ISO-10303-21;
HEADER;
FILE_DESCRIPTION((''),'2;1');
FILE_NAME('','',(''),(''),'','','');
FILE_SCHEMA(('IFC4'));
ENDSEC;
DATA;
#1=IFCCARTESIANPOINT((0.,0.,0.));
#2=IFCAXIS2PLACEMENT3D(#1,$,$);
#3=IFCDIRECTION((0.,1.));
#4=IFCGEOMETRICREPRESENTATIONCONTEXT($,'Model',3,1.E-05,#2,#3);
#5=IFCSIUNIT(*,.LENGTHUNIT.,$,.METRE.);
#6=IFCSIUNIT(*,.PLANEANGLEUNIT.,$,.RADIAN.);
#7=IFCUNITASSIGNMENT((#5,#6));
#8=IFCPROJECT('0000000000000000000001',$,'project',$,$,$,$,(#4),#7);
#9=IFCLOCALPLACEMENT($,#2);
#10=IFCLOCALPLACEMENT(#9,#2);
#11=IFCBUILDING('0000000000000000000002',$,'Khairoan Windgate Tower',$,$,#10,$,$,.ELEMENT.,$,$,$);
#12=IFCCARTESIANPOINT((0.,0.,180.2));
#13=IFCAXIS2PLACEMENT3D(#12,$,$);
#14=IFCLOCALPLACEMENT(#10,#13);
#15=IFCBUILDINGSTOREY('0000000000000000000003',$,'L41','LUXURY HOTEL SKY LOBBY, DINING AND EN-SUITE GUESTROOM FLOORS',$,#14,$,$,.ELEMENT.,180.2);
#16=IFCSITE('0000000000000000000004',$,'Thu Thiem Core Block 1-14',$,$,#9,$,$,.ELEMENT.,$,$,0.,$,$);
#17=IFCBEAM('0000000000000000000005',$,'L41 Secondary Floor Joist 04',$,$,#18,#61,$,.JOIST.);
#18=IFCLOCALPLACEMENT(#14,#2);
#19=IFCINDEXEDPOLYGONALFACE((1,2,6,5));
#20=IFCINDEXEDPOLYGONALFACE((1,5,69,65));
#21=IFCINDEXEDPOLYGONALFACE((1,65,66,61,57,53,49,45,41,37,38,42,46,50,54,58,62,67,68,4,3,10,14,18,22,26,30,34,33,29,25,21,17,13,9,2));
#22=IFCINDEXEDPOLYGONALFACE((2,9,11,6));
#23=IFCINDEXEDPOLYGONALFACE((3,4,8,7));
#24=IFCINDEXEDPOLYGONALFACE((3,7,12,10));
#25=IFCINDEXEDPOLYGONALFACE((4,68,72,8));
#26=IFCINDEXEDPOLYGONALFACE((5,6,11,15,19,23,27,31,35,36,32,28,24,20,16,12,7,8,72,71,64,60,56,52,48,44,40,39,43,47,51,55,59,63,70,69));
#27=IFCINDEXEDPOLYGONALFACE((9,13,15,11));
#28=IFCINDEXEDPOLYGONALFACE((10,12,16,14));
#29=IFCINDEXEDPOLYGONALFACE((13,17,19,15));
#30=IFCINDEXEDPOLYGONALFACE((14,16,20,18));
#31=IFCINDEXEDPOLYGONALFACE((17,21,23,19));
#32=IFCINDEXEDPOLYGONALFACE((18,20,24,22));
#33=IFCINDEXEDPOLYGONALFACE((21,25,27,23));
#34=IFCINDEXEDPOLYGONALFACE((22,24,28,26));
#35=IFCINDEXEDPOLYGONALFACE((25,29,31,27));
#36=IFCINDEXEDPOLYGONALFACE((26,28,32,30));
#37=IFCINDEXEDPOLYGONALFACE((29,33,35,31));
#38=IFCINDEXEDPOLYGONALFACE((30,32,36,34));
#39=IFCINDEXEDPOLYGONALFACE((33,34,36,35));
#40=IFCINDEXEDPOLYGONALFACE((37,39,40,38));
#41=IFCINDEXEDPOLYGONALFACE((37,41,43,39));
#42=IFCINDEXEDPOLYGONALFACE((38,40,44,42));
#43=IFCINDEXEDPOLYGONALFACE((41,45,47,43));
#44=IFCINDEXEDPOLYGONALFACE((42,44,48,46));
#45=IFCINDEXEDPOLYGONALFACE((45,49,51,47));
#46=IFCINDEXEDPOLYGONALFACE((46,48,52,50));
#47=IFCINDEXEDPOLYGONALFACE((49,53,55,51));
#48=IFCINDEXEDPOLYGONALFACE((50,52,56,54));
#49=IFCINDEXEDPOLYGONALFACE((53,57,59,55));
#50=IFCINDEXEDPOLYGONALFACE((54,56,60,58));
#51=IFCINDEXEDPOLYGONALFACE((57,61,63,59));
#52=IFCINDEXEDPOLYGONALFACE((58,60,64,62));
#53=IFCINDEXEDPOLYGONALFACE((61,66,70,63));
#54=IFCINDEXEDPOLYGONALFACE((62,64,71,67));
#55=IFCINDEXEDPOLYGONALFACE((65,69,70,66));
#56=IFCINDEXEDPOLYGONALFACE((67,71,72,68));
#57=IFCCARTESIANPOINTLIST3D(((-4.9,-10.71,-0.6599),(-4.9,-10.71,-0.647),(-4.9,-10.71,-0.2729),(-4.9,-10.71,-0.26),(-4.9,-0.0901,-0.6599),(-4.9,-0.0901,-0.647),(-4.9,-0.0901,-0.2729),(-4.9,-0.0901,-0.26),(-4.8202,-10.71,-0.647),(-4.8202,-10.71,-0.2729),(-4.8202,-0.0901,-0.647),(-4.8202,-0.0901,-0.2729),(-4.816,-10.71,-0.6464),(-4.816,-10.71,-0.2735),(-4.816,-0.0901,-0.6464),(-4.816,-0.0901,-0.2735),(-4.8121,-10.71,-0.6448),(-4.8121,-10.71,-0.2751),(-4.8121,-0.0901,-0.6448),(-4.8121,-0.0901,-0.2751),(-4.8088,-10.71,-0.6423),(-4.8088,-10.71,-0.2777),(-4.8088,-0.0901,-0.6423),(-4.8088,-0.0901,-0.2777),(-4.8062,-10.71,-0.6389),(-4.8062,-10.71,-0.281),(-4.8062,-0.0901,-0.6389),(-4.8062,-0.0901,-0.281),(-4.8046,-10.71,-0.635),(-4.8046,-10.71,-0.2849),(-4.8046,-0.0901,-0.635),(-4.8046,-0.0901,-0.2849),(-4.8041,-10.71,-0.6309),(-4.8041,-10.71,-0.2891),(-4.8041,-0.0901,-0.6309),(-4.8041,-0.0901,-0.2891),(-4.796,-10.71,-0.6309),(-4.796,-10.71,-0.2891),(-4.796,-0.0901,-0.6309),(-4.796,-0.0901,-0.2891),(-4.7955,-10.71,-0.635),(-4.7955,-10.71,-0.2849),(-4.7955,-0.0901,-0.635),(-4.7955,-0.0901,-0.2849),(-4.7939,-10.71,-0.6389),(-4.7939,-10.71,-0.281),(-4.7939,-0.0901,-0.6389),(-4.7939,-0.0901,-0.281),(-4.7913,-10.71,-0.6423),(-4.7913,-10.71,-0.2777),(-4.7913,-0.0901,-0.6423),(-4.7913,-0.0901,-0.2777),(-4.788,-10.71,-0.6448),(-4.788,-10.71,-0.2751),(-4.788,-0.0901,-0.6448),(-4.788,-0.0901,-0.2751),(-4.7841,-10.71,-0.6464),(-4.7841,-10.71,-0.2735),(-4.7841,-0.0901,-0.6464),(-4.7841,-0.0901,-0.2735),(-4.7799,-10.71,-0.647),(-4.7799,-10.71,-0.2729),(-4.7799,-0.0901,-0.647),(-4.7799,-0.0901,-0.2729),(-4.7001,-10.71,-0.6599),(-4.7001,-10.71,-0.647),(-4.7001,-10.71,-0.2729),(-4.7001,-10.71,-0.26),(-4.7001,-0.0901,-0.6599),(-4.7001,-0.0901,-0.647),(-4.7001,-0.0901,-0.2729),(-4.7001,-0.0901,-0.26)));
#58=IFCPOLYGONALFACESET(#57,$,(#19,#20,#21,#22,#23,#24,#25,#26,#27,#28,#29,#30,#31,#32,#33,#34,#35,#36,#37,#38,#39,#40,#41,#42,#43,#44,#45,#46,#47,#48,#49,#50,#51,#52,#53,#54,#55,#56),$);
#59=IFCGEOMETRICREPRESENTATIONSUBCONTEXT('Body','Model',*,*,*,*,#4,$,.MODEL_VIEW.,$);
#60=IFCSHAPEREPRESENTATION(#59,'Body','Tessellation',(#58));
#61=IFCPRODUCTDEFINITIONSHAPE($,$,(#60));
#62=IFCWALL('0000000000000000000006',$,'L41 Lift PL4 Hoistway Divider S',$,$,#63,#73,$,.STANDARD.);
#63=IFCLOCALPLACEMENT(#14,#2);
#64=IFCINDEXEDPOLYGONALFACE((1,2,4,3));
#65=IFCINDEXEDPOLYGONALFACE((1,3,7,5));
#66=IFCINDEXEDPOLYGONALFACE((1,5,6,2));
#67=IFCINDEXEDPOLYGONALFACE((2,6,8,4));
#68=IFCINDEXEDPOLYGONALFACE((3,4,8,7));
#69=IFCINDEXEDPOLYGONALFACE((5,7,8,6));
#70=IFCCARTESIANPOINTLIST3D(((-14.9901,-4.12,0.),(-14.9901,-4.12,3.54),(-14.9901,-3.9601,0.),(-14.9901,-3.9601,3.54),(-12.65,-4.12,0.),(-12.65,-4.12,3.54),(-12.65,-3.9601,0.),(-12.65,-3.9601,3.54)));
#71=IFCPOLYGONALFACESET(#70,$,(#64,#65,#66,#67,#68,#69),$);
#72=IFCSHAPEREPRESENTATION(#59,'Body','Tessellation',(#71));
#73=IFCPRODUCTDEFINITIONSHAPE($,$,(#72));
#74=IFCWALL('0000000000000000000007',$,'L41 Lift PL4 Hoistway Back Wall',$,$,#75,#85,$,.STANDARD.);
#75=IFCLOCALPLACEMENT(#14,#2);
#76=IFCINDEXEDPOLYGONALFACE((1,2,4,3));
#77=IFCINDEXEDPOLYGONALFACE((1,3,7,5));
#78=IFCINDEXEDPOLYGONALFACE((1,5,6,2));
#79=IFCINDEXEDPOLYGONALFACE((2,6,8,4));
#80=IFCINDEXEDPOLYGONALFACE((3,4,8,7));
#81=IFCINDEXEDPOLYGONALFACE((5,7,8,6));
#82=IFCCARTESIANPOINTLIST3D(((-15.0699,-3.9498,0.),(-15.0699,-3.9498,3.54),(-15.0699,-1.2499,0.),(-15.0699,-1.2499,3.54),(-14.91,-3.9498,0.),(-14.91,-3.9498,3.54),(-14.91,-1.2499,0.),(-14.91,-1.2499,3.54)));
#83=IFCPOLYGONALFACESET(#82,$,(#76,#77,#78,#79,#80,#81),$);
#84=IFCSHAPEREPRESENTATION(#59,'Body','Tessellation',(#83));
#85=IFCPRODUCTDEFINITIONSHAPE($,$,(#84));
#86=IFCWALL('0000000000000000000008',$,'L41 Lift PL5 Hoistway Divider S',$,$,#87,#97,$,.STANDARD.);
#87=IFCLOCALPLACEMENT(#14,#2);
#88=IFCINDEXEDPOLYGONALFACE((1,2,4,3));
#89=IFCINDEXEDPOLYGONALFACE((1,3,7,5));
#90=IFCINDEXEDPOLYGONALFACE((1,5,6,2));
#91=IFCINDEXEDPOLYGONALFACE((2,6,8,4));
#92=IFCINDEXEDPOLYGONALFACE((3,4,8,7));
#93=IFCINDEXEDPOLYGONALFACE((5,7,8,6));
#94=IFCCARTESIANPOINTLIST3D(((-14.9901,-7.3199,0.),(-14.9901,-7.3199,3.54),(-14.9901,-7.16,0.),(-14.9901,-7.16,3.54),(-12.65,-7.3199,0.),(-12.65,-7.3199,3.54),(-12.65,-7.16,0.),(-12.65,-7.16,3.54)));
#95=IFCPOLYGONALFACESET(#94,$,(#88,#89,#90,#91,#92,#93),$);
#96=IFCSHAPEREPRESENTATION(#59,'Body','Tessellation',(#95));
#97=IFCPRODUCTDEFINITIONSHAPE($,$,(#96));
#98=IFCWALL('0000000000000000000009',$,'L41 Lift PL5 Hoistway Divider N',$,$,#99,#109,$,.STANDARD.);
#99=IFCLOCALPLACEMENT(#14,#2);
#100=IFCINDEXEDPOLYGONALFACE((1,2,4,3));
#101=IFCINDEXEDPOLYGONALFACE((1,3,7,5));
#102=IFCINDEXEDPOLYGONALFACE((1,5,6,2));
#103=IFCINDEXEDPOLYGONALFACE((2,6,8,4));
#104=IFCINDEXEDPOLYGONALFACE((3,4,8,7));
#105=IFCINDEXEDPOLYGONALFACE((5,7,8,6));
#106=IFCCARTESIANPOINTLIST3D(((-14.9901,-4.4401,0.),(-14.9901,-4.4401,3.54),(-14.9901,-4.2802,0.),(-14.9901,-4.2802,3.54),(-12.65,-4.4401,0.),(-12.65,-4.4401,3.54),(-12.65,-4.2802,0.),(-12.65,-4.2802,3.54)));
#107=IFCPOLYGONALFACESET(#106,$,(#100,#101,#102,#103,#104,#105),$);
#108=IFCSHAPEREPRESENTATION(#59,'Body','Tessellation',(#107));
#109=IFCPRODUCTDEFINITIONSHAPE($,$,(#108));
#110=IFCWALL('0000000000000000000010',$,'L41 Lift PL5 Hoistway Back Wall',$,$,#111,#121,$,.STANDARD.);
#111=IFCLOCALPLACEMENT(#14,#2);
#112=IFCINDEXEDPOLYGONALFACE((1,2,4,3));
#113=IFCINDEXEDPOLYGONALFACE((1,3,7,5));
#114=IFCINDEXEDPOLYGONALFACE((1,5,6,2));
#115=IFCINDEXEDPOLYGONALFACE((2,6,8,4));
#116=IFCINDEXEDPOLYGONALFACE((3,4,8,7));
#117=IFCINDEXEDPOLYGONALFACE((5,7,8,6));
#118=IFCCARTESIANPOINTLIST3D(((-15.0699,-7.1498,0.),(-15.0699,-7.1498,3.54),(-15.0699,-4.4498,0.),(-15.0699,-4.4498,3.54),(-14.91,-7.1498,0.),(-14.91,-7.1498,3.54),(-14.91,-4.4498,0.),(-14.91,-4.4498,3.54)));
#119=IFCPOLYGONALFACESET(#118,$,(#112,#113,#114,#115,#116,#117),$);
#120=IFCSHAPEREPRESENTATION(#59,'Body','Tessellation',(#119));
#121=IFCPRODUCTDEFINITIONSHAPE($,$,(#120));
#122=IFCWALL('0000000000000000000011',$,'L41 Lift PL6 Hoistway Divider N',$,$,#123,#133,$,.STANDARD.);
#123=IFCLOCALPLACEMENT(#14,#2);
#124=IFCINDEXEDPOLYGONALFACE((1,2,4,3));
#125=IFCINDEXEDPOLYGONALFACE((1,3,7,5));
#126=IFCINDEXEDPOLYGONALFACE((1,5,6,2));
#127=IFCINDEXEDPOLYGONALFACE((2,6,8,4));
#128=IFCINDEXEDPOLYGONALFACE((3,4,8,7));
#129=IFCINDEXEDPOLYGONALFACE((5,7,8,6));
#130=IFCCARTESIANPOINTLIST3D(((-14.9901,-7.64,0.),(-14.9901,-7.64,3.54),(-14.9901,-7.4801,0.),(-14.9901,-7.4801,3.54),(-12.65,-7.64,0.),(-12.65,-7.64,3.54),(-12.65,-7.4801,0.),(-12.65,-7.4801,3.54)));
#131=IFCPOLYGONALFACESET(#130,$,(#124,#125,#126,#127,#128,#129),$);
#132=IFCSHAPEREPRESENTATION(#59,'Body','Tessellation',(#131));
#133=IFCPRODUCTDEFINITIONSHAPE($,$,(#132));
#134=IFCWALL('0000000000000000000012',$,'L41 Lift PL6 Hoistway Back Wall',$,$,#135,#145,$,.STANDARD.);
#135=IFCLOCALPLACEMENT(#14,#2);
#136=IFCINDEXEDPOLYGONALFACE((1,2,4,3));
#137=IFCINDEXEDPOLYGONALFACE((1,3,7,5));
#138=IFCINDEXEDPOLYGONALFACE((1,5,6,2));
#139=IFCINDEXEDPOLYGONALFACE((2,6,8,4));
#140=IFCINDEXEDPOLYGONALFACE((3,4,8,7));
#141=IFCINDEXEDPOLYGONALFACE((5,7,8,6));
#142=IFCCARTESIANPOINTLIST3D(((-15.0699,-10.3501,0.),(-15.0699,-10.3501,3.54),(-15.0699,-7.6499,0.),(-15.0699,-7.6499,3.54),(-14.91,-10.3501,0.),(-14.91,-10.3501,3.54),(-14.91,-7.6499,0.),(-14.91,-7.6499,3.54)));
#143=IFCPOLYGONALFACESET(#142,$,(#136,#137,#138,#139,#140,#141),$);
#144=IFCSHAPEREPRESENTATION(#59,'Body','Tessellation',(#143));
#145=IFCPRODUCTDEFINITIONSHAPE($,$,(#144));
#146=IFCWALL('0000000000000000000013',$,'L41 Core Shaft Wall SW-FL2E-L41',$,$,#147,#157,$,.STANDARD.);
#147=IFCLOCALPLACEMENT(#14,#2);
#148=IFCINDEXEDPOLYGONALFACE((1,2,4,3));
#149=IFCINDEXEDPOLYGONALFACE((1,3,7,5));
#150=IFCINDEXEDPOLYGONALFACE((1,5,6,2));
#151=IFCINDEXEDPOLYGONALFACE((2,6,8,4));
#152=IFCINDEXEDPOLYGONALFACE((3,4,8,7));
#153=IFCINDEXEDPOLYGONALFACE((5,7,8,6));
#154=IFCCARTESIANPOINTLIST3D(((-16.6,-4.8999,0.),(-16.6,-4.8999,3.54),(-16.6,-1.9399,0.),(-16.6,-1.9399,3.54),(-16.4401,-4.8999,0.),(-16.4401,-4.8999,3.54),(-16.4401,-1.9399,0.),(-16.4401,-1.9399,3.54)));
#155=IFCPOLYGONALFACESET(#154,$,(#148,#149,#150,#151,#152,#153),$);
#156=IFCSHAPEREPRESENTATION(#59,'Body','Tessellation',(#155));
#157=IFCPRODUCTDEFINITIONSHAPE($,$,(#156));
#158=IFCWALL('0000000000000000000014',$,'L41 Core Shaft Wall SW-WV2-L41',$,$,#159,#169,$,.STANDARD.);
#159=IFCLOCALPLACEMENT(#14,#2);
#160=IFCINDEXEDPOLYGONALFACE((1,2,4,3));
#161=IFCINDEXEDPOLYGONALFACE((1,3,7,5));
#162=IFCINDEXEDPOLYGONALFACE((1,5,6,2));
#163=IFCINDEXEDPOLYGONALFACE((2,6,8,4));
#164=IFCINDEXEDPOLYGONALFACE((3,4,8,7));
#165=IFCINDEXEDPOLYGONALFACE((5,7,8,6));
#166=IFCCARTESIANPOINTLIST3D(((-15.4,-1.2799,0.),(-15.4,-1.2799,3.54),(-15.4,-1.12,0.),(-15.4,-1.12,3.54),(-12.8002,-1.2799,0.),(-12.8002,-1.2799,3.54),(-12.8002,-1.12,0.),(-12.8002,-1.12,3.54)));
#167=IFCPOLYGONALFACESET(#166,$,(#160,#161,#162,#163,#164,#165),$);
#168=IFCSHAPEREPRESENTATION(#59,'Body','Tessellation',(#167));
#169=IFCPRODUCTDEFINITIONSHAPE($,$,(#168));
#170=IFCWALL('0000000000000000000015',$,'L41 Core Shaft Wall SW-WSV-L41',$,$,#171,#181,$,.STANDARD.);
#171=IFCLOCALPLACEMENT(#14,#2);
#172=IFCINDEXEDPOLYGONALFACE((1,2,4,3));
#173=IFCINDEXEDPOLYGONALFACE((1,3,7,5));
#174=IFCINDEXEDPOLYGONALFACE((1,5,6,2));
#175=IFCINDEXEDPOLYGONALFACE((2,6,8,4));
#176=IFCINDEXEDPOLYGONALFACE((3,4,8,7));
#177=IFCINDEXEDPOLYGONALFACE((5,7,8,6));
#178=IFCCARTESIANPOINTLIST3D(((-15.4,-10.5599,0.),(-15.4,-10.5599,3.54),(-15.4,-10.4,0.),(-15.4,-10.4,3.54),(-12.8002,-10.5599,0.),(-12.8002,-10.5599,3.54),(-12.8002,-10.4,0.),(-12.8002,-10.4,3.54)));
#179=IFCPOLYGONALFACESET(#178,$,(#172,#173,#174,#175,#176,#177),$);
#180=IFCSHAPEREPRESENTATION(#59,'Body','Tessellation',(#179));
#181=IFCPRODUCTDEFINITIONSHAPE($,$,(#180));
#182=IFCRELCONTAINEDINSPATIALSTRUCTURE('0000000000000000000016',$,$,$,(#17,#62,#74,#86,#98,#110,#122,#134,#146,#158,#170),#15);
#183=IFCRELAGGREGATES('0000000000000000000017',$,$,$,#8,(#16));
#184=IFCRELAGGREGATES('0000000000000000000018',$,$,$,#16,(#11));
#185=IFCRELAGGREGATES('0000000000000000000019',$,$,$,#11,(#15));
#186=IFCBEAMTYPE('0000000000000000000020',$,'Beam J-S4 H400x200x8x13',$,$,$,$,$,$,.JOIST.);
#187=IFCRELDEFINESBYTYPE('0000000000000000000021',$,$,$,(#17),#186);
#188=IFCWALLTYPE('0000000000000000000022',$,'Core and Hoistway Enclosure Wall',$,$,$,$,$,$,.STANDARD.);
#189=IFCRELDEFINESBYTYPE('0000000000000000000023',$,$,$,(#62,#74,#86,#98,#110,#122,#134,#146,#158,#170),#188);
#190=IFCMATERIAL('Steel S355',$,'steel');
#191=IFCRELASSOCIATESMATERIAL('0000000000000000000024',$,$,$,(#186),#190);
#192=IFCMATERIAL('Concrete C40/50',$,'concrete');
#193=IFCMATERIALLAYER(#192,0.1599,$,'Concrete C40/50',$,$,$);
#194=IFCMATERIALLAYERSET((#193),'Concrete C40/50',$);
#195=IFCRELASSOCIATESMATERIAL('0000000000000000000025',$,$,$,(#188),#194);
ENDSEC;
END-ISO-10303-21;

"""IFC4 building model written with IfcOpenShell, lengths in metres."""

from ifc_helpers import new_model, si_unit, direction, frame, frame_2d, origin, origin_2d, place, context, subcontext, project, spatial, rectangle, i_section, extrude, material, layer, layer_set, material_profile, profile_set, type_object, element, save


model = new_model("IFC4")

# Units and contexts
model_context = context("Model", 3, precision=1e-05, world=origin(), true_north=direction((0.0, 1.0)))
body_context = subcontext(model_context, "Body", "Model", "MODEL_VIEW")
ifc_project = project(units=[si_unit("LENGTHUNIT", "METRE"), si_unit("PLANEANGLEUNIT", "RADIAN")], contexts=[model_context])

# Site, building, storey
site_placement = place(None, origin())
site = spatial("IfcSite", under=ifc_project, at=site_placement, Name="Thu Thiem Core Block 1-14", CompositionType="ELEMENT", RefElevation=0.0)
building_placement = place(site_placement, origin())
building = spatial("IfcBuilding", under=site, at=building_placement, Name="Khairoan Windgate Tower", CompositionType="ELEMENT")
storey_placement = place(building_placement, frame((0.0, 0.0, 180.2)))
storey = spatial("IfcBuildingStorey", under=building, at=storey_placement, Name="L41", Description="LUXURY HOTEL SKY LOBBY, DINING AND EN-SUITE GUESTROOM FLOORS", CompositionType="ELEMENT", Elevation=180.2)

# Beam
ifc_material_1 = material(Name="Steel S355", Category="steel")
ifc_material_profile = material_profile(ifc_material_1, i_section(OverallWidth=0.2, OverallDepth=0.3999, WebThickness=0.0081, FlangeThickness=0.0129, FilletRadius=0.0161, at=origin_2d()))
ifc_profile_set = profile_set([ifc_material_profile], Name="Steel S355")
beam_type = type_object("IfcBeamType", Name="Beam J-S4 H400x200x8x13", PredefinedType="JOIST", material=ifc_profile_set)
beam_placement = place(storey_placement, frame((-4.8, -10.71, -0.46), z_axis=(0.0, 1.0, 0.0), x_axis=(-1.0, 0.0, 0.0)))
element("IfcBeam", 1, at=beam_placement, inside=storey, type_object=beam_type, Name="L41 Secondary Floor Joist 04", PredefinedType="JOIST", context=body_context, shape_type="SweptSolid", body=[
    extrude(i_section(OverallWidth=0.2, OverallDepth=0.3999, WebThickness=0.0081, FlangeThickness=0.0129, FilletRadius=0.0161, at=origin_2d()), origin(), (0.0, 0.0, 1.0), 10.6199),
])

# Walls
ifc_material_2 = material(Name="Concrete C40/50", Category="concrete")
ifc_layer = layer(ifc_material_2, 0.1599, Name="Concrete C40/50")
ifc_layer_set = layer_set([ifc_layer], Name="Concrete C40/50")
wall_type = type_object("IfcWallType", Name="Core and Hoistway Enclosure Wall", PredefinedType="STANDARD", material=ifc_layer_set)
wall_1_placement = place(storey_placement, frame((-14.99, -4.04, 0.0), z_axis=(0.0, 0.0, 1.0), x_axis=(1.0, 0.0, 0.0)))
element("IfcWall", 2, at=wall_1_placement, inside=storey, type_object=wall_type, Name="L41 Lift PL4 Hoistway Divider S", PredefinedType="STANDARD", context=body_context, shape_type="SweptSolid", body=[
    extrude(rectangle(XDim=2.3401, YDim=0.1599, at=frame_2d((1.1699, 0.0))), origin(), (0.0, 0.0, 1.0), 3.54),
])
wall_2_placement = place(storey_placement, frame((-14.99, -3.95, 0.0), z_axis=(0.0, 0.0, 1.0), x_axis=(0.0, 1.0, 0.0)))
element("IfcWall", 3, at=wall_2_placement, inside=storey, type_object=wall_type, Name="L41 Lift PL4 Hoistway Back Wall", PredefinedType="STANDARD", context=body_context, shape_type="SweptSolid", body=[
    extrude(rectangle(XDim=2.7, YDim=0.1599, at=frame_2d((1.3501, 0.0))), origin(), (0.0, 0.0, 1.0), 3.54),
])
for number, where, z_axis, x_axis, name in (
    (4, (-14.99, -7.24, 0.0), (0.0, 0.0, 1.0), (1.0, 0.0, 0.0), "L41 Lift PL5 Hoistway Divider S"),
    (5, (-14.99, -4.3601, 0.0), (0.0, 0.0, 1.0), (1.0, 0.0, 0.0), "L41 Lift PL5 Hoistway Divider N"),
):
    element("IfcWall", number, at=place(storey_placement, frame(where, z_axis=z_axis, x_axis=x_axis)), inside=storey, type_object=wall_type, Name=name, PredefinedType="STANDARD", context=body_context, shape_type="SweptSolid", body=[
        extrude(rectangle(XDim=2.3401, YDim=0.1599, at=frame_2d((1.1699, 0.0))), origin(), (0.0, 0.0, 1.0), 3.54),
    ])
wall_3_placement = place(storey_placement, frame((-14.99, -7.1499, 0.0), z_axis=(0.0, 0.0, 1.0), x_axis=(0.0, 1.0, 0.0)))
element("IfcWall", 6, at=wall_3_placement, inside=storey, type_object=wall_type, Name="L41 Lift PL5 Hoistway Back Wall", PredefinedType="STANDARD", context=body_context, shape_type="SweptSolid", body=[
    extrude(rectangle(XDim=2.7, YDim=0.1599, at=frame_2d((1.3501, 0.0))), origin(), (0.0, 0.0, 1.0), 3.54),
])
wall_4_placement = place(storey_placement, frame((-14.99, -7.5601, 0.0), z_axis=(0.0, 0.0, 1.0), x_axis=(1.0, 0.0, 0.0)))
element("IfcWall", 7, at=wall_4_placement, inside=storey, type_object=wall_type, Name="L41 Lift PL6 Hoistway Divider N", PredefinedType="STANDARD", context=body_context, shape_type="SweptSolid", body=[
    extrude(rectangle(XDim=2.3401, YDim=0.1599, at=frame_2d((1.1699, 0.0))), origin(), (0.0, 0.0, 1.0), 3.54),
])
wall_5_placement = place(storey_placement, frame((-14.99, -10.3501, 0.0), z_axis=(0.0, 0.0, 1.0), x_axis=(0.0, 1.0, 0.0)))
element("IfcWall", 8, at=wall_5_placement, inside=storey, type_object=wall_type, Name="L41 Lift PL6 Hoistway Back Wall", PredefinedType="STANDARD", context=body_context, shape_type="SweptSolid", body=[
    extrude(rectangle(XDim=2.7002, YDim=0.1599, at=frame_2d((1.3501, 0.0))), origin(), (0.0, 0.0, 1.0), 3.54),
])
wall_6_placement = place(storey_placement, frame((-16.52, -4.8999, 0.0), z_axis=(0.0, 0.0, 1.0), x_axis=(0.0, 1.0, 0.0)))
element("IfcWall", 9, at=wall_6_placement, inside=storey, type_object=wall_type, Name="L41 Core Shaft Wall SW-FL2E-L41", PredefinedType="STANDARD", context=body_context, shape_type="SweptSolid", body=[
    extrude(rectangle(XDim=2.96, YDim=0.1599, at=frame_2d((1.48, 0.0))), origin(), (0.0, 0.0, 1.0), 3.54),
])
for number, where, z_axis, x_axis, name in (
    (10, (-15.3999, -1.2, 0.0), (0.0, 0.0, 1.0), (1.0, 0.0, 0.0), "L41 Core Shaft Wall SW-WV2-L41"),
    (11, (-15.3999, -10.48, 0.0), (0.0, 0.0, 1.0), (1.0, 0.0, 0.0), "L41 Core Shaft Wall SW-WSV-L41"),
):
    element("IfcWall", number, at=place(storey_placement, frame(where, z_axis=z_axis, x_axis=x_axis)), inside=storey, type_object=wall_type, Name=name, PredefinedType="STANDARD", context=body_context, shape_type="SweptSolid", body=[
        extrude(rectangle(XDim=2.5999, YDim=0.1599, at=frame_2d((1.2998, 0.0))), origin(), (0.0, 0.0, 1.0), 3.54),
    ])

save(model, "model.ifc")
